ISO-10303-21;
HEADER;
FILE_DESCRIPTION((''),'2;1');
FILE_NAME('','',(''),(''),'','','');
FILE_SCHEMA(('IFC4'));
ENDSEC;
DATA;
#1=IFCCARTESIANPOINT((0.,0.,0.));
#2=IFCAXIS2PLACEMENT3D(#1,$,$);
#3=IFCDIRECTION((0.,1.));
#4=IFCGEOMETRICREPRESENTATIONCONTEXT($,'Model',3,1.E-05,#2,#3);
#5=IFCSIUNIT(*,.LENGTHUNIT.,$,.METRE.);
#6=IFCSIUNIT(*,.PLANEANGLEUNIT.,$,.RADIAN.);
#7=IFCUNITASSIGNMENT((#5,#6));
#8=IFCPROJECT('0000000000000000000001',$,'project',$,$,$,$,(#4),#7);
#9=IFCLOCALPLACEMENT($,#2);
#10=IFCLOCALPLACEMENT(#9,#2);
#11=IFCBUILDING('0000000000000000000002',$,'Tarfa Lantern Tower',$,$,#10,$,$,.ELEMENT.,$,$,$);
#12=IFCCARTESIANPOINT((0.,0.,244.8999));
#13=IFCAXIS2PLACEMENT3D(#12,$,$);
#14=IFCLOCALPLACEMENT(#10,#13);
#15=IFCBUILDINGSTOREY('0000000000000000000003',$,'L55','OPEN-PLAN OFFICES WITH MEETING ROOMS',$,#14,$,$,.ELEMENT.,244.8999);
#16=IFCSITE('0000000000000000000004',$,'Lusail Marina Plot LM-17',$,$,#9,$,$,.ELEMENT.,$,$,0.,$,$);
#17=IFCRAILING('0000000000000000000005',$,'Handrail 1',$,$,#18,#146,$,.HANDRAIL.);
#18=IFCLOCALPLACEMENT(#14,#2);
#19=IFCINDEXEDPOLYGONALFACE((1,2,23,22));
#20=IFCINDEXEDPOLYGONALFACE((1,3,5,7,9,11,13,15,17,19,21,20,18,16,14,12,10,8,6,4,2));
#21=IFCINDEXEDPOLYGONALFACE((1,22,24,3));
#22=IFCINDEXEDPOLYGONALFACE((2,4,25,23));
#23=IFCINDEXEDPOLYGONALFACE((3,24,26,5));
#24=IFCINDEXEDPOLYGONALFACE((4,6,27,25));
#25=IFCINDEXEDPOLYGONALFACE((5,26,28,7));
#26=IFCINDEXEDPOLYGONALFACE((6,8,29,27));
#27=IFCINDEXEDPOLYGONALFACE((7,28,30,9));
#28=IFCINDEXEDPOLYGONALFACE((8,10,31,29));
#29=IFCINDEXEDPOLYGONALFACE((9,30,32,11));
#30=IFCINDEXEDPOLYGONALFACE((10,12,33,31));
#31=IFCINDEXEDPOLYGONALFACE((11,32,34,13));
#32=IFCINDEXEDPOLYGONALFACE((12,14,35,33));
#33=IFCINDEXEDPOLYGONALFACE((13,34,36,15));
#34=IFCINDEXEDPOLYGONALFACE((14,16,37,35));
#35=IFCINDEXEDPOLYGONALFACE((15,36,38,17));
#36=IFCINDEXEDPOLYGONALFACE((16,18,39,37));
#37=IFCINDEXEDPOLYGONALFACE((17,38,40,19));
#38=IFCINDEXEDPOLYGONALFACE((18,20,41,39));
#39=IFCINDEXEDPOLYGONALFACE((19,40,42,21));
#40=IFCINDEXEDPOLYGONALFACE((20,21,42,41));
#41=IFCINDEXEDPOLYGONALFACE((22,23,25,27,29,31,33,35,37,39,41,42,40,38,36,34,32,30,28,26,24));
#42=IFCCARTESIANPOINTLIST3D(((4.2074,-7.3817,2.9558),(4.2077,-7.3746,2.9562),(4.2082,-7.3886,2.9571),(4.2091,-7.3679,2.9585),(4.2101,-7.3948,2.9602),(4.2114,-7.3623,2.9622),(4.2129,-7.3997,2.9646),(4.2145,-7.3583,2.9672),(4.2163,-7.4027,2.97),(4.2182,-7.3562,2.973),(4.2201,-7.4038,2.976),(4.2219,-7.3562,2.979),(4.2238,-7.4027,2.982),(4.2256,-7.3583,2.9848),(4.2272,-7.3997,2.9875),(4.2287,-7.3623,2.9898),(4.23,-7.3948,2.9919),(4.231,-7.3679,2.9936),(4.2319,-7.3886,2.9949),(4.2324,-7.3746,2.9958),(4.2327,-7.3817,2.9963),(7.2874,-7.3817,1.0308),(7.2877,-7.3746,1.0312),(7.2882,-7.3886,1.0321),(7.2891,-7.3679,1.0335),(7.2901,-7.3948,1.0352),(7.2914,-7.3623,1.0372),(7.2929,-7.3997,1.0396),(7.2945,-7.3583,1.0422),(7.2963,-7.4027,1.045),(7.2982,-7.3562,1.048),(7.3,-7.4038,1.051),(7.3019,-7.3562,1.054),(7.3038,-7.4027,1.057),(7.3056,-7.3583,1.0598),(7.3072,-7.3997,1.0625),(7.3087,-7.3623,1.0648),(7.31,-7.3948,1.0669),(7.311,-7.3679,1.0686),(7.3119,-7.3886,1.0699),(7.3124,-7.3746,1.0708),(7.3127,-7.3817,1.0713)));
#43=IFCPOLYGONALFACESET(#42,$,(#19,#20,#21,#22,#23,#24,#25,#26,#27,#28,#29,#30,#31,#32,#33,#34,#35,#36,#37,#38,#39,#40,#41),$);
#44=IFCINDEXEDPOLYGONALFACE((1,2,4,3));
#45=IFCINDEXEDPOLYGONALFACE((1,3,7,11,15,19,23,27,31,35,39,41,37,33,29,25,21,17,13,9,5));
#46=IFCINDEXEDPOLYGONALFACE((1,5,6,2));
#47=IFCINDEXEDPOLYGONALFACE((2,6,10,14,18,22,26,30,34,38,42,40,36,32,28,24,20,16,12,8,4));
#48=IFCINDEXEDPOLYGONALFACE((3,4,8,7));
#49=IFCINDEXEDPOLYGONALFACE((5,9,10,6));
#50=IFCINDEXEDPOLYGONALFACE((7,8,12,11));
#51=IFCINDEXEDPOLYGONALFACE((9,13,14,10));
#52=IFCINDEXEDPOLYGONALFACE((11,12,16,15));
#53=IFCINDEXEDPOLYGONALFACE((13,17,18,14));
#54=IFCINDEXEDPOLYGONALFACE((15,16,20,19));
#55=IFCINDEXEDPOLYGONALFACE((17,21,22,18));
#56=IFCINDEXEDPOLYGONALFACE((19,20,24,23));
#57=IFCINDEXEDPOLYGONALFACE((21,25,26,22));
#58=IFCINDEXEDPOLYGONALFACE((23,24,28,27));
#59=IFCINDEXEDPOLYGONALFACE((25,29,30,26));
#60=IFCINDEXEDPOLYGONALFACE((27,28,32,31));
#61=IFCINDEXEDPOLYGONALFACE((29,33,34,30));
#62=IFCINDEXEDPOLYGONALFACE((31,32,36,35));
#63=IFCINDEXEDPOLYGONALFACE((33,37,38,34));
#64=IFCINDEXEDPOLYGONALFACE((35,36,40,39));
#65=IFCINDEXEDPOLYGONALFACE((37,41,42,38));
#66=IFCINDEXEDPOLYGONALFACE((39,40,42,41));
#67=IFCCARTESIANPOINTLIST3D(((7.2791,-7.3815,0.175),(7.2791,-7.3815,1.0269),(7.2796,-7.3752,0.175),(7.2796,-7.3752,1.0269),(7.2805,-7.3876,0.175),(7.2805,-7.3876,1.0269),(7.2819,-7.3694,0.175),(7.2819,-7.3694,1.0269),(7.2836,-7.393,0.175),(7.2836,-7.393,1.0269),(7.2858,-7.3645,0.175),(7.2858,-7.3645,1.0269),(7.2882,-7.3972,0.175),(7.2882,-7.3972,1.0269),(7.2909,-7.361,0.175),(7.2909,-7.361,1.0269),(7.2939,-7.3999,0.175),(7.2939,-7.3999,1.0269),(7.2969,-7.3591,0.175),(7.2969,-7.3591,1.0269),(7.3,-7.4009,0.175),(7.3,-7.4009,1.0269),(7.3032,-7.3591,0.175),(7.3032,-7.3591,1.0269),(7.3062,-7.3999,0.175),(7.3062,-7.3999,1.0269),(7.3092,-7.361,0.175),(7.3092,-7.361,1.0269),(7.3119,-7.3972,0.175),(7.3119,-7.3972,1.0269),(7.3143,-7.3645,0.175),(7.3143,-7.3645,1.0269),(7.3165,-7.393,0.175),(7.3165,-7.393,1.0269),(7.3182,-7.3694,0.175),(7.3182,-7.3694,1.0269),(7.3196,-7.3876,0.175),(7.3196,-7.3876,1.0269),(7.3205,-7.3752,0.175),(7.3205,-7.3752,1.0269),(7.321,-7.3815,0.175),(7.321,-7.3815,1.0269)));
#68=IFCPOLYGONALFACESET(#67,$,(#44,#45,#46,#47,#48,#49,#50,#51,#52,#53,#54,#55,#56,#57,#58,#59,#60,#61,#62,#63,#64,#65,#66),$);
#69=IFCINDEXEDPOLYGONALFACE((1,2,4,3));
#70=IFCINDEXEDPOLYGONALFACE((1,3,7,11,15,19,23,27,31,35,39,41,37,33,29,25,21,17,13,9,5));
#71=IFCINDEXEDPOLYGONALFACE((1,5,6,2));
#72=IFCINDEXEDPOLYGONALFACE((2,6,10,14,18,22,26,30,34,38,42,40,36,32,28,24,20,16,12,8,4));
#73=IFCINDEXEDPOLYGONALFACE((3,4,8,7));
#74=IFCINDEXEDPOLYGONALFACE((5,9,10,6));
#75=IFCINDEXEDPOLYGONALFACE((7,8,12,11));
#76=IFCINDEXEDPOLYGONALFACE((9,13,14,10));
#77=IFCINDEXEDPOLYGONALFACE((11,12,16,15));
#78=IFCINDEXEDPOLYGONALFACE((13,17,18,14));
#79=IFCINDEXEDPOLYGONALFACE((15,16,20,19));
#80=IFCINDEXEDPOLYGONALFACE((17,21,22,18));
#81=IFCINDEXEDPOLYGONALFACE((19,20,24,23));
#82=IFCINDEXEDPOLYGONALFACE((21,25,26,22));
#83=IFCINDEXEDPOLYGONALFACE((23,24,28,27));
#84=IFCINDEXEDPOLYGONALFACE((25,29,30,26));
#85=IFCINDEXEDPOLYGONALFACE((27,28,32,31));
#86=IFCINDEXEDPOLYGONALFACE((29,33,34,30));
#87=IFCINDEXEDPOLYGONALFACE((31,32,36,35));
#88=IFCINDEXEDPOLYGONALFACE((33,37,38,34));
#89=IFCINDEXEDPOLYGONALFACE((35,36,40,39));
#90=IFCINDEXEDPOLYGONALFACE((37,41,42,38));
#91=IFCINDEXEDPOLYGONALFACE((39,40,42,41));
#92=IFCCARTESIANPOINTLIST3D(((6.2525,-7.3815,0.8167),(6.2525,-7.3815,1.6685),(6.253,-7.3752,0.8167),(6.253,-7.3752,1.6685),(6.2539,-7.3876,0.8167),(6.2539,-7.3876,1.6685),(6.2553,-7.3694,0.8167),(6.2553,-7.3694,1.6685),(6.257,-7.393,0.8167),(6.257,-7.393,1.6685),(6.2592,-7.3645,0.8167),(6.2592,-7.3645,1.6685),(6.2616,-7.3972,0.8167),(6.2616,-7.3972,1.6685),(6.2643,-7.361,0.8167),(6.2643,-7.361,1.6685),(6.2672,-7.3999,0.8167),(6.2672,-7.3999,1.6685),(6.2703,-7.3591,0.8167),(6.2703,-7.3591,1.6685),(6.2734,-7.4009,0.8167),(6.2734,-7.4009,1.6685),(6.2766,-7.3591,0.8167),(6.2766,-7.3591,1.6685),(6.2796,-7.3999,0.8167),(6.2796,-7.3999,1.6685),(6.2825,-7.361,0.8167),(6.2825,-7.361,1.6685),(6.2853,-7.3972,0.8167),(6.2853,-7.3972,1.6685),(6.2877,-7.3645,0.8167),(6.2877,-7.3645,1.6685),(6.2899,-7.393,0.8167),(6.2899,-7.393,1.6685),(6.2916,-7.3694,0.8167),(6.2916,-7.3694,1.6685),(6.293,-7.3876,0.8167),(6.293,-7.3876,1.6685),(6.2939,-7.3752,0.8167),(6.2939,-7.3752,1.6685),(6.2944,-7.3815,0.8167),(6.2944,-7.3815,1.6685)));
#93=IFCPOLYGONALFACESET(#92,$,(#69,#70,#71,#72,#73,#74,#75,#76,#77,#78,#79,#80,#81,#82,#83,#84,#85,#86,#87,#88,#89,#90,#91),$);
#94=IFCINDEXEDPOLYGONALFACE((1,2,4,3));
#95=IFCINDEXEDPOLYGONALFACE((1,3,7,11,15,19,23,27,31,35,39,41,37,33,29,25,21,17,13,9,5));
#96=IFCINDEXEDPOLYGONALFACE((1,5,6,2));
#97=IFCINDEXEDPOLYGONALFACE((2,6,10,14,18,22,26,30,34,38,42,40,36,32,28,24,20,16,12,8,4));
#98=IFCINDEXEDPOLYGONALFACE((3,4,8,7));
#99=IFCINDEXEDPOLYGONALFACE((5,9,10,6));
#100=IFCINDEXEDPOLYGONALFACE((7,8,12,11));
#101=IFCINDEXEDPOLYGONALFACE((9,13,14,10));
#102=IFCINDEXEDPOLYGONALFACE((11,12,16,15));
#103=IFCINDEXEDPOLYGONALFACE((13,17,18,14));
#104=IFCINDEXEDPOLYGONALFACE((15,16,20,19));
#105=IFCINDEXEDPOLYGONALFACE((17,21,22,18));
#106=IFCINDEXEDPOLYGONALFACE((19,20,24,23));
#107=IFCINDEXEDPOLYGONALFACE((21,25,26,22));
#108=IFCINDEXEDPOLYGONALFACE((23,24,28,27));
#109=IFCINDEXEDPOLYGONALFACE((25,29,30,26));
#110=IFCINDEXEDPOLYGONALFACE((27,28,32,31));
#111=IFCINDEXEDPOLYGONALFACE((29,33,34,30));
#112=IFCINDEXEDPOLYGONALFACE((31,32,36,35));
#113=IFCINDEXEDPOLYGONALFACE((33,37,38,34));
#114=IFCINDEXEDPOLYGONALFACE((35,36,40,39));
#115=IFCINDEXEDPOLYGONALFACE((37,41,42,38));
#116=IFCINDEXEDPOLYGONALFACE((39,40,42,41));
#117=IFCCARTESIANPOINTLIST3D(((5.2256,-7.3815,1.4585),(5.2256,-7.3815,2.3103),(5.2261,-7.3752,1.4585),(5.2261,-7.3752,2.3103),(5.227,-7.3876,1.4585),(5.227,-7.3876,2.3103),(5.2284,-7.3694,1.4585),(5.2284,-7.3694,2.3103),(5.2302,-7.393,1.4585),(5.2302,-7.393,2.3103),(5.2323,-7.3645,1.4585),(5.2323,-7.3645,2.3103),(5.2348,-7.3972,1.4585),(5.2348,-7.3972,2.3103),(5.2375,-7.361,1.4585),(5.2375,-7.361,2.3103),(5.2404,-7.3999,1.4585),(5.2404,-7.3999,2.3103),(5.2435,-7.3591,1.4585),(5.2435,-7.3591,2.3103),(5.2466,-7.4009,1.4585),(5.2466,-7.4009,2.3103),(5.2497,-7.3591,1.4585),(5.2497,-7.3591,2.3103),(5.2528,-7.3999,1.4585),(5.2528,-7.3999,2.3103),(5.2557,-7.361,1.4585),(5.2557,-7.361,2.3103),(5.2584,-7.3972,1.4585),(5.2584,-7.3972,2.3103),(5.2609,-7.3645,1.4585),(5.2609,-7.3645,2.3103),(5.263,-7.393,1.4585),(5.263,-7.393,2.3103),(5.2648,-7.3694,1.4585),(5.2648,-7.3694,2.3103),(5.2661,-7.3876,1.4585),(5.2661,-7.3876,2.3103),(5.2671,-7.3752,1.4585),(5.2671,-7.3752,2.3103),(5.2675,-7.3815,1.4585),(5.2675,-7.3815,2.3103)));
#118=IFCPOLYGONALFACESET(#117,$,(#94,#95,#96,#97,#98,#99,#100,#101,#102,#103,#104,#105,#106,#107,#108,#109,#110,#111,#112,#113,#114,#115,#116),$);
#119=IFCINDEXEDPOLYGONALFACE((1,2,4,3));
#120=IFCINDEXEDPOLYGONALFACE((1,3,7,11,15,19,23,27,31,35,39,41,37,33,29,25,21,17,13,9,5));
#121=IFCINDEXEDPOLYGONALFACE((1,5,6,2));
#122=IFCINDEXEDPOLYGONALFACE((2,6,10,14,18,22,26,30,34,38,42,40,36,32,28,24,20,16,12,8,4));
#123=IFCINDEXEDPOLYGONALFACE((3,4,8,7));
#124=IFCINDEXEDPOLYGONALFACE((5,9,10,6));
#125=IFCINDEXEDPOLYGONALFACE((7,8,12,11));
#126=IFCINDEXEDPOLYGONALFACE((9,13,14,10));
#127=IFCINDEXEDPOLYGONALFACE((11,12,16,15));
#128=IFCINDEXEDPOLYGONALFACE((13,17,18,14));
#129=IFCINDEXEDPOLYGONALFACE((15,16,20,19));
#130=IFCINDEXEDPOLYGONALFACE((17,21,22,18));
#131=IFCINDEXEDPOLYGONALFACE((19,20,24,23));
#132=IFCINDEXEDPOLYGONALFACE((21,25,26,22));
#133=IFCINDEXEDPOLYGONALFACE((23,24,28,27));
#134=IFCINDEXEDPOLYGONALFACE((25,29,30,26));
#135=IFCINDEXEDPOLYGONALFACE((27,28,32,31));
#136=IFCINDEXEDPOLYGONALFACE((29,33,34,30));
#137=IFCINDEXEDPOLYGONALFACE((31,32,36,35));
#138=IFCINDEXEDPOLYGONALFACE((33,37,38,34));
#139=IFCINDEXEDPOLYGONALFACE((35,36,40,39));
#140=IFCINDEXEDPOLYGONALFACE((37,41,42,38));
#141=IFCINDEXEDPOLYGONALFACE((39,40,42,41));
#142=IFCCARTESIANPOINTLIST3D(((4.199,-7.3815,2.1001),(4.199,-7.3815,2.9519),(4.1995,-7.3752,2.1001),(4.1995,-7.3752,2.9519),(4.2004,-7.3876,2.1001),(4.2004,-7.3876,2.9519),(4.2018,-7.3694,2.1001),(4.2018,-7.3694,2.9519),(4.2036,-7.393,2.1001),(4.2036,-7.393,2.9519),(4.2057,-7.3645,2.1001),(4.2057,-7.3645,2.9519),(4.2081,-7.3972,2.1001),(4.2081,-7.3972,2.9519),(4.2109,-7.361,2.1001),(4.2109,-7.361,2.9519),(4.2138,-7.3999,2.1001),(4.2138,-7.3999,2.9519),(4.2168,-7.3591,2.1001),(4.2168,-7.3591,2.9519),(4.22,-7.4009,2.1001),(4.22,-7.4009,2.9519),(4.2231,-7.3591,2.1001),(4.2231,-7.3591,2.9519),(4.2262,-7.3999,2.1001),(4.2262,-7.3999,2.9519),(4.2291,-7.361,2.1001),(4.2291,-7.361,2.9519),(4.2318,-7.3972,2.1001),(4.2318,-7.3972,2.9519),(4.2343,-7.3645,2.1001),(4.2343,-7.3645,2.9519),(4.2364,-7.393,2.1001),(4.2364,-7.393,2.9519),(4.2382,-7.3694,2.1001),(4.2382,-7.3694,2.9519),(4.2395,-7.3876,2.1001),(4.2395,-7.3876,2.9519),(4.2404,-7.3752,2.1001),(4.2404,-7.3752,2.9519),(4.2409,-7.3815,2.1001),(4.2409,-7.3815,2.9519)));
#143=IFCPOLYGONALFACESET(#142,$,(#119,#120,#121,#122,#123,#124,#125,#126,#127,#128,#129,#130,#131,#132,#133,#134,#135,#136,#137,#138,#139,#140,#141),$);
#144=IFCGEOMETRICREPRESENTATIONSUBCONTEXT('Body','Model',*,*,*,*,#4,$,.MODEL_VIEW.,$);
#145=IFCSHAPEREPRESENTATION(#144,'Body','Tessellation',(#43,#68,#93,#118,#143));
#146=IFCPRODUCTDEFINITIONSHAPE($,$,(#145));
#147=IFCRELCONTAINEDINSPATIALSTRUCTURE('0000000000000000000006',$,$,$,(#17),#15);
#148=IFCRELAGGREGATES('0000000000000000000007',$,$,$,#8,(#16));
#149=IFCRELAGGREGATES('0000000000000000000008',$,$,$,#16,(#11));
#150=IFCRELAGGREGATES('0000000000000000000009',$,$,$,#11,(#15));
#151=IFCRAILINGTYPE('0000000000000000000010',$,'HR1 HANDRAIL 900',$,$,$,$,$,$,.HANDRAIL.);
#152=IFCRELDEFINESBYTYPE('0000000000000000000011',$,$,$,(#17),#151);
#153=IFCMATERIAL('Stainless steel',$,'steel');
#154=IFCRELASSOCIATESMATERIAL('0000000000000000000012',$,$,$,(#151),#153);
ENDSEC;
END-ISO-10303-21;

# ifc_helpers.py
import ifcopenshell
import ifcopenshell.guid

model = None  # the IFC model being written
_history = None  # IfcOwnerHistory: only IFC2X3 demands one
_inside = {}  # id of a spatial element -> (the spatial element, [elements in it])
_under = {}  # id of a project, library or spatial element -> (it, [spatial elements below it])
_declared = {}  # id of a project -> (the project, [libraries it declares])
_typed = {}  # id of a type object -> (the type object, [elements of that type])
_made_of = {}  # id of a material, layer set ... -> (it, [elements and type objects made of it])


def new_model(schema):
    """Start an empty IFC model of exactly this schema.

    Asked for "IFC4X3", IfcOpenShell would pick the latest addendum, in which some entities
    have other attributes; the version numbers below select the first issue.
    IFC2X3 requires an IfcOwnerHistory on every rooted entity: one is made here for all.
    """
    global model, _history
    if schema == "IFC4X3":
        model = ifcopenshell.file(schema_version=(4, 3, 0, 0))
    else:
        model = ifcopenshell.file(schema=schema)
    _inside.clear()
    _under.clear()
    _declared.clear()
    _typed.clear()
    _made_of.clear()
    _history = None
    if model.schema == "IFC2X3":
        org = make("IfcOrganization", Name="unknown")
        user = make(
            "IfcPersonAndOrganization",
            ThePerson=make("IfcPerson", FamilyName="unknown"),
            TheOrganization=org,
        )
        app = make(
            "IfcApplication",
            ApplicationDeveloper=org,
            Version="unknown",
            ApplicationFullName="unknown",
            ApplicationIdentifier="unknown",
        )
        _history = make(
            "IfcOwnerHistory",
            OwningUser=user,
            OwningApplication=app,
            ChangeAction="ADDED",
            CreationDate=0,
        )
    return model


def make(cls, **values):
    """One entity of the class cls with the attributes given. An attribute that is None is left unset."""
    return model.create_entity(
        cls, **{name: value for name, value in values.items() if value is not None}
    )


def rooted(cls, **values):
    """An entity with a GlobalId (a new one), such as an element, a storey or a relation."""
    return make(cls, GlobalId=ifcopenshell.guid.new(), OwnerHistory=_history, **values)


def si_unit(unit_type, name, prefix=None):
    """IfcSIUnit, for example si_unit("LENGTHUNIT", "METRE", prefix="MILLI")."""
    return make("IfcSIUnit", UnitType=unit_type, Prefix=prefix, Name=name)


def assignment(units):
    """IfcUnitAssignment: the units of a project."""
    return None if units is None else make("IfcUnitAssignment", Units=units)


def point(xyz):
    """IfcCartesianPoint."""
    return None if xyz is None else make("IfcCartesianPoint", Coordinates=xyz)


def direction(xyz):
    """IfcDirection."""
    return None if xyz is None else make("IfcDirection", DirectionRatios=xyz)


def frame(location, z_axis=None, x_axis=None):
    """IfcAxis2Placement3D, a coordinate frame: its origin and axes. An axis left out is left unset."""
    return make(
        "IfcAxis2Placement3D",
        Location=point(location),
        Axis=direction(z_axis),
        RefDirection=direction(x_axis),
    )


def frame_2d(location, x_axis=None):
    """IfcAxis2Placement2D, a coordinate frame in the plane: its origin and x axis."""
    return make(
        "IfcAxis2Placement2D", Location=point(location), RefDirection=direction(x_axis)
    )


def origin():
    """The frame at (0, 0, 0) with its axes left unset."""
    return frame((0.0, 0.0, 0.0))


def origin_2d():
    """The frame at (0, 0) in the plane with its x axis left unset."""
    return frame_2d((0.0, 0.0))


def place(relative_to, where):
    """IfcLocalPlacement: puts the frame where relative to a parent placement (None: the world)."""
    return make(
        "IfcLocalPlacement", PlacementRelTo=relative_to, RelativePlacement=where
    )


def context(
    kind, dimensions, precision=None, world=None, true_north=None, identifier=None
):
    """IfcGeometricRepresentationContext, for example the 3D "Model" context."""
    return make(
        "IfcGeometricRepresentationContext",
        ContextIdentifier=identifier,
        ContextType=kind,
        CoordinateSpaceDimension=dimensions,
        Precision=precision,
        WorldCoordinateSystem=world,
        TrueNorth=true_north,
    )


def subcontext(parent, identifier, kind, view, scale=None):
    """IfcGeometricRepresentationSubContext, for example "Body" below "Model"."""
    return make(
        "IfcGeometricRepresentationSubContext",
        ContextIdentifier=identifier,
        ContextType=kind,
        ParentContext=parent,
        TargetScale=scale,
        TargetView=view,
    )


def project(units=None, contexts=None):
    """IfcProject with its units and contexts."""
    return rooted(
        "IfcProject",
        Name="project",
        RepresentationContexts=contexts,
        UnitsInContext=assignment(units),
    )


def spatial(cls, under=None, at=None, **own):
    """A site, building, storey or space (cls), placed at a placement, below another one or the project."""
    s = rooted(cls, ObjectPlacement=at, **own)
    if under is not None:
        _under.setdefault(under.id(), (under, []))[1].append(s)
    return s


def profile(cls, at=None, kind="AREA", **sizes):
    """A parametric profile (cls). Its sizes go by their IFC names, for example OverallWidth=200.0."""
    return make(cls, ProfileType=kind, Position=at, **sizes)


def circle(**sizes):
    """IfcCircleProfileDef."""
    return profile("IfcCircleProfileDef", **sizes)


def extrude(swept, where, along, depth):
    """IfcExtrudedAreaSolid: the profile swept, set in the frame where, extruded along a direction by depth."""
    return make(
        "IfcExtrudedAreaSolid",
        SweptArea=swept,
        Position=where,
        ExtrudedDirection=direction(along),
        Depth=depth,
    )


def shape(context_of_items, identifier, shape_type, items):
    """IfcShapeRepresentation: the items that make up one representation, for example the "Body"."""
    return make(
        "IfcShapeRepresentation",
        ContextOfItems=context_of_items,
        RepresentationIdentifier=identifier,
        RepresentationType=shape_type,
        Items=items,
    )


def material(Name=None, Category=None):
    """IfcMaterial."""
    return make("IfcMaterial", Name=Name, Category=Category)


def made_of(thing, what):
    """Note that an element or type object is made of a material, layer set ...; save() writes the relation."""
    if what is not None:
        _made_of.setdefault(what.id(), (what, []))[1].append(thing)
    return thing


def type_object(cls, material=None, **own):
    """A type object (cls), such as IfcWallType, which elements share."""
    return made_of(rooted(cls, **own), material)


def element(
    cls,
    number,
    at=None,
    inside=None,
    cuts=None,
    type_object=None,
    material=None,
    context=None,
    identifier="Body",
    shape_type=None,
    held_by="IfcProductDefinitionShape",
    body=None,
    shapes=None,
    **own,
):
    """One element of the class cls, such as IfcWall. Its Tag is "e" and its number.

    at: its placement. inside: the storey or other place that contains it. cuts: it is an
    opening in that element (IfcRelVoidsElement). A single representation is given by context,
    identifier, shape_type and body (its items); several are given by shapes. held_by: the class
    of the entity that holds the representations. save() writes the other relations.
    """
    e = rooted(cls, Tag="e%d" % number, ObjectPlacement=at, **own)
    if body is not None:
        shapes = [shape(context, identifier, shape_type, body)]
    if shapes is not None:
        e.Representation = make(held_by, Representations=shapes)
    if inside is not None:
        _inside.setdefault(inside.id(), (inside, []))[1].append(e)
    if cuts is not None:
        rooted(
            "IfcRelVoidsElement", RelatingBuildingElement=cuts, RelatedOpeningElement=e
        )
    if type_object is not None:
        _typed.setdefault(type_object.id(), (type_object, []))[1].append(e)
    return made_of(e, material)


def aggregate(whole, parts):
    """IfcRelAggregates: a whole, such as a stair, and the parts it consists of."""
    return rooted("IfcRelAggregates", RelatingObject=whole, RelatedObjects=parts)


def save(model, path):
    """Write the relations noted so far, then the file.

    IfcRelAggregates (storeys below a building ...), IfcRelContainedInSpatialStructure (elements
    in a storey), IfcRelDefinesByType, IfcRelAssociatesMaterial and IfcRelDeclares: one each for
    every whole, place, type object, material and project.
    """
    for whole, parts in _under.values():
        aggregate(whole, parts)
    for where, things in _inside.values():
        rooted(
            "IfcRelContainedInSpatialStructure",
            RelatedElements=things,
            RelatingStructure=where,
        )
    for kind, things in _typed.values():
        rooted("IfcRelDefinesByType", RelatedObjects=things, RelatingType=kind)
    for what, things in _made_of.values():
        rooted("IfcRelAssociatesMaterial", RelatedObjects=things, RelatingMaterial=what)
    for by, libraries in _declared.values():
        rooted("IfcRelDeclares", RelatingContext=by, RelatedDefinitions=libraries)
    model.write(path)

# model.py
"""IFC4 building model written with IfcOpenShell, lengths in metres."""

from ifc_helpers import new_model, si_unit, direction, frame, origin, origin_2d, place, context, subcontext, project, spatial, circle, extrude, material, type_object, element, save


model = new_model("IFC4")

# Units and contexts
model_context = context("Model", 3, precision=1e-05, world=origin(), true_north=direction((0.0, 1.0)))
body_context = subcontext(model_context, "Body", "Model", "MODEL_VIEW")
ifc_project = project(units=[si_unit("LENGTHUNIT", "METRE"), si_unit("PLANEANGLEUNIT", "RADIAN")], contexts=[model_context])

# Site, building, storey
site_placement = place(None, origin())
site = spatial("IfcSite", under=ifc_project, at=site_placement, Name="Lusail Marina Plot LM-17", CompositionType="ELEMENT", RefElevation=0.0)
building_placement = place(site_placement, origin())
building = spatial("IfcBuilding", under=site, at=building_placement, Name="Tarfa Lantern Tower", CompositionType="ELEMENT")
storey_placement = place(building_placement, frame((0.0, 0.0, 244.8999)))
storey = spatial("IfcBuildingStorey", under=building, at=storey_placement, Name="L55", Description="OPEN-PLAN OFFICES WITH MEETING ROOMS", CompositionType="ELEMENT", Elevation=244.8999)

# Railing
ifc_material_1 = material(Name="Stainless steel", Category="steel")
railing_type = type_object("IfcRailingType", Name="HR1 HANDRAIL 900", PredefinedType="HANDRAIL", material=ifc_material_1)
railing_placement = place(storey_placement, frame((7.3, -7.3799, 0.175)))
element("IfcRailing", 1, at=railing_placement, inside=storey, type_object=railing_type, Name="Handrail 1", PredefinedType="HANDRAIL", context=body_context, shape_type="SweptSolid", body=[
    extrude(circle(Radius=0.0239, at=origin_2d()), frame((0.0, 0.0, 0.876), z_axis=(-0.847998, 0.0, 0.529999), x_axis=(0.0, -1.0, 0.0)), (0.0, 0.0, 1.0), 3.6321),
    extrude(circle(Radius=0.021, at=origin_2d()), frame((0.0, 0.0, 0.0), z_axis=(0.0, 0.0, 1.0), x_axis=(0.0, -1.0, 0.0)), (0.0, 0.0, 1.0), 0.8518),
    extrude(circle(Radius=0.021, at=origin_2d()), frame((-1.0266, 0.0, 0.6416), z_axis=(0.0, 0.0, 1.0), x_axis=(0.0, -1.0, 0.0)), (0.0, 0.0, 1.0), 0.8518),
    extrude(circle(Radius=0.021, at=origin_2d()), frame((-2.0535, 0.0, 1.2834), z_axis=(0.0, 0.0, 1.0), x_axis=(0.0, -1.0, 0.0)), (0.0, 0.0, 1.0), 0.8518),
    extrude(circle(Radius=0.021, at=origin_2d()), frame((-3.0801, 0.0, 1.925), z_axis=(0.0, 0.0, 1.0), x_axis=(0.0, -1.0, 0.0)), (0.0, 0.0, 1.0), 0.8518),
])

save(model, "model.ifc")
